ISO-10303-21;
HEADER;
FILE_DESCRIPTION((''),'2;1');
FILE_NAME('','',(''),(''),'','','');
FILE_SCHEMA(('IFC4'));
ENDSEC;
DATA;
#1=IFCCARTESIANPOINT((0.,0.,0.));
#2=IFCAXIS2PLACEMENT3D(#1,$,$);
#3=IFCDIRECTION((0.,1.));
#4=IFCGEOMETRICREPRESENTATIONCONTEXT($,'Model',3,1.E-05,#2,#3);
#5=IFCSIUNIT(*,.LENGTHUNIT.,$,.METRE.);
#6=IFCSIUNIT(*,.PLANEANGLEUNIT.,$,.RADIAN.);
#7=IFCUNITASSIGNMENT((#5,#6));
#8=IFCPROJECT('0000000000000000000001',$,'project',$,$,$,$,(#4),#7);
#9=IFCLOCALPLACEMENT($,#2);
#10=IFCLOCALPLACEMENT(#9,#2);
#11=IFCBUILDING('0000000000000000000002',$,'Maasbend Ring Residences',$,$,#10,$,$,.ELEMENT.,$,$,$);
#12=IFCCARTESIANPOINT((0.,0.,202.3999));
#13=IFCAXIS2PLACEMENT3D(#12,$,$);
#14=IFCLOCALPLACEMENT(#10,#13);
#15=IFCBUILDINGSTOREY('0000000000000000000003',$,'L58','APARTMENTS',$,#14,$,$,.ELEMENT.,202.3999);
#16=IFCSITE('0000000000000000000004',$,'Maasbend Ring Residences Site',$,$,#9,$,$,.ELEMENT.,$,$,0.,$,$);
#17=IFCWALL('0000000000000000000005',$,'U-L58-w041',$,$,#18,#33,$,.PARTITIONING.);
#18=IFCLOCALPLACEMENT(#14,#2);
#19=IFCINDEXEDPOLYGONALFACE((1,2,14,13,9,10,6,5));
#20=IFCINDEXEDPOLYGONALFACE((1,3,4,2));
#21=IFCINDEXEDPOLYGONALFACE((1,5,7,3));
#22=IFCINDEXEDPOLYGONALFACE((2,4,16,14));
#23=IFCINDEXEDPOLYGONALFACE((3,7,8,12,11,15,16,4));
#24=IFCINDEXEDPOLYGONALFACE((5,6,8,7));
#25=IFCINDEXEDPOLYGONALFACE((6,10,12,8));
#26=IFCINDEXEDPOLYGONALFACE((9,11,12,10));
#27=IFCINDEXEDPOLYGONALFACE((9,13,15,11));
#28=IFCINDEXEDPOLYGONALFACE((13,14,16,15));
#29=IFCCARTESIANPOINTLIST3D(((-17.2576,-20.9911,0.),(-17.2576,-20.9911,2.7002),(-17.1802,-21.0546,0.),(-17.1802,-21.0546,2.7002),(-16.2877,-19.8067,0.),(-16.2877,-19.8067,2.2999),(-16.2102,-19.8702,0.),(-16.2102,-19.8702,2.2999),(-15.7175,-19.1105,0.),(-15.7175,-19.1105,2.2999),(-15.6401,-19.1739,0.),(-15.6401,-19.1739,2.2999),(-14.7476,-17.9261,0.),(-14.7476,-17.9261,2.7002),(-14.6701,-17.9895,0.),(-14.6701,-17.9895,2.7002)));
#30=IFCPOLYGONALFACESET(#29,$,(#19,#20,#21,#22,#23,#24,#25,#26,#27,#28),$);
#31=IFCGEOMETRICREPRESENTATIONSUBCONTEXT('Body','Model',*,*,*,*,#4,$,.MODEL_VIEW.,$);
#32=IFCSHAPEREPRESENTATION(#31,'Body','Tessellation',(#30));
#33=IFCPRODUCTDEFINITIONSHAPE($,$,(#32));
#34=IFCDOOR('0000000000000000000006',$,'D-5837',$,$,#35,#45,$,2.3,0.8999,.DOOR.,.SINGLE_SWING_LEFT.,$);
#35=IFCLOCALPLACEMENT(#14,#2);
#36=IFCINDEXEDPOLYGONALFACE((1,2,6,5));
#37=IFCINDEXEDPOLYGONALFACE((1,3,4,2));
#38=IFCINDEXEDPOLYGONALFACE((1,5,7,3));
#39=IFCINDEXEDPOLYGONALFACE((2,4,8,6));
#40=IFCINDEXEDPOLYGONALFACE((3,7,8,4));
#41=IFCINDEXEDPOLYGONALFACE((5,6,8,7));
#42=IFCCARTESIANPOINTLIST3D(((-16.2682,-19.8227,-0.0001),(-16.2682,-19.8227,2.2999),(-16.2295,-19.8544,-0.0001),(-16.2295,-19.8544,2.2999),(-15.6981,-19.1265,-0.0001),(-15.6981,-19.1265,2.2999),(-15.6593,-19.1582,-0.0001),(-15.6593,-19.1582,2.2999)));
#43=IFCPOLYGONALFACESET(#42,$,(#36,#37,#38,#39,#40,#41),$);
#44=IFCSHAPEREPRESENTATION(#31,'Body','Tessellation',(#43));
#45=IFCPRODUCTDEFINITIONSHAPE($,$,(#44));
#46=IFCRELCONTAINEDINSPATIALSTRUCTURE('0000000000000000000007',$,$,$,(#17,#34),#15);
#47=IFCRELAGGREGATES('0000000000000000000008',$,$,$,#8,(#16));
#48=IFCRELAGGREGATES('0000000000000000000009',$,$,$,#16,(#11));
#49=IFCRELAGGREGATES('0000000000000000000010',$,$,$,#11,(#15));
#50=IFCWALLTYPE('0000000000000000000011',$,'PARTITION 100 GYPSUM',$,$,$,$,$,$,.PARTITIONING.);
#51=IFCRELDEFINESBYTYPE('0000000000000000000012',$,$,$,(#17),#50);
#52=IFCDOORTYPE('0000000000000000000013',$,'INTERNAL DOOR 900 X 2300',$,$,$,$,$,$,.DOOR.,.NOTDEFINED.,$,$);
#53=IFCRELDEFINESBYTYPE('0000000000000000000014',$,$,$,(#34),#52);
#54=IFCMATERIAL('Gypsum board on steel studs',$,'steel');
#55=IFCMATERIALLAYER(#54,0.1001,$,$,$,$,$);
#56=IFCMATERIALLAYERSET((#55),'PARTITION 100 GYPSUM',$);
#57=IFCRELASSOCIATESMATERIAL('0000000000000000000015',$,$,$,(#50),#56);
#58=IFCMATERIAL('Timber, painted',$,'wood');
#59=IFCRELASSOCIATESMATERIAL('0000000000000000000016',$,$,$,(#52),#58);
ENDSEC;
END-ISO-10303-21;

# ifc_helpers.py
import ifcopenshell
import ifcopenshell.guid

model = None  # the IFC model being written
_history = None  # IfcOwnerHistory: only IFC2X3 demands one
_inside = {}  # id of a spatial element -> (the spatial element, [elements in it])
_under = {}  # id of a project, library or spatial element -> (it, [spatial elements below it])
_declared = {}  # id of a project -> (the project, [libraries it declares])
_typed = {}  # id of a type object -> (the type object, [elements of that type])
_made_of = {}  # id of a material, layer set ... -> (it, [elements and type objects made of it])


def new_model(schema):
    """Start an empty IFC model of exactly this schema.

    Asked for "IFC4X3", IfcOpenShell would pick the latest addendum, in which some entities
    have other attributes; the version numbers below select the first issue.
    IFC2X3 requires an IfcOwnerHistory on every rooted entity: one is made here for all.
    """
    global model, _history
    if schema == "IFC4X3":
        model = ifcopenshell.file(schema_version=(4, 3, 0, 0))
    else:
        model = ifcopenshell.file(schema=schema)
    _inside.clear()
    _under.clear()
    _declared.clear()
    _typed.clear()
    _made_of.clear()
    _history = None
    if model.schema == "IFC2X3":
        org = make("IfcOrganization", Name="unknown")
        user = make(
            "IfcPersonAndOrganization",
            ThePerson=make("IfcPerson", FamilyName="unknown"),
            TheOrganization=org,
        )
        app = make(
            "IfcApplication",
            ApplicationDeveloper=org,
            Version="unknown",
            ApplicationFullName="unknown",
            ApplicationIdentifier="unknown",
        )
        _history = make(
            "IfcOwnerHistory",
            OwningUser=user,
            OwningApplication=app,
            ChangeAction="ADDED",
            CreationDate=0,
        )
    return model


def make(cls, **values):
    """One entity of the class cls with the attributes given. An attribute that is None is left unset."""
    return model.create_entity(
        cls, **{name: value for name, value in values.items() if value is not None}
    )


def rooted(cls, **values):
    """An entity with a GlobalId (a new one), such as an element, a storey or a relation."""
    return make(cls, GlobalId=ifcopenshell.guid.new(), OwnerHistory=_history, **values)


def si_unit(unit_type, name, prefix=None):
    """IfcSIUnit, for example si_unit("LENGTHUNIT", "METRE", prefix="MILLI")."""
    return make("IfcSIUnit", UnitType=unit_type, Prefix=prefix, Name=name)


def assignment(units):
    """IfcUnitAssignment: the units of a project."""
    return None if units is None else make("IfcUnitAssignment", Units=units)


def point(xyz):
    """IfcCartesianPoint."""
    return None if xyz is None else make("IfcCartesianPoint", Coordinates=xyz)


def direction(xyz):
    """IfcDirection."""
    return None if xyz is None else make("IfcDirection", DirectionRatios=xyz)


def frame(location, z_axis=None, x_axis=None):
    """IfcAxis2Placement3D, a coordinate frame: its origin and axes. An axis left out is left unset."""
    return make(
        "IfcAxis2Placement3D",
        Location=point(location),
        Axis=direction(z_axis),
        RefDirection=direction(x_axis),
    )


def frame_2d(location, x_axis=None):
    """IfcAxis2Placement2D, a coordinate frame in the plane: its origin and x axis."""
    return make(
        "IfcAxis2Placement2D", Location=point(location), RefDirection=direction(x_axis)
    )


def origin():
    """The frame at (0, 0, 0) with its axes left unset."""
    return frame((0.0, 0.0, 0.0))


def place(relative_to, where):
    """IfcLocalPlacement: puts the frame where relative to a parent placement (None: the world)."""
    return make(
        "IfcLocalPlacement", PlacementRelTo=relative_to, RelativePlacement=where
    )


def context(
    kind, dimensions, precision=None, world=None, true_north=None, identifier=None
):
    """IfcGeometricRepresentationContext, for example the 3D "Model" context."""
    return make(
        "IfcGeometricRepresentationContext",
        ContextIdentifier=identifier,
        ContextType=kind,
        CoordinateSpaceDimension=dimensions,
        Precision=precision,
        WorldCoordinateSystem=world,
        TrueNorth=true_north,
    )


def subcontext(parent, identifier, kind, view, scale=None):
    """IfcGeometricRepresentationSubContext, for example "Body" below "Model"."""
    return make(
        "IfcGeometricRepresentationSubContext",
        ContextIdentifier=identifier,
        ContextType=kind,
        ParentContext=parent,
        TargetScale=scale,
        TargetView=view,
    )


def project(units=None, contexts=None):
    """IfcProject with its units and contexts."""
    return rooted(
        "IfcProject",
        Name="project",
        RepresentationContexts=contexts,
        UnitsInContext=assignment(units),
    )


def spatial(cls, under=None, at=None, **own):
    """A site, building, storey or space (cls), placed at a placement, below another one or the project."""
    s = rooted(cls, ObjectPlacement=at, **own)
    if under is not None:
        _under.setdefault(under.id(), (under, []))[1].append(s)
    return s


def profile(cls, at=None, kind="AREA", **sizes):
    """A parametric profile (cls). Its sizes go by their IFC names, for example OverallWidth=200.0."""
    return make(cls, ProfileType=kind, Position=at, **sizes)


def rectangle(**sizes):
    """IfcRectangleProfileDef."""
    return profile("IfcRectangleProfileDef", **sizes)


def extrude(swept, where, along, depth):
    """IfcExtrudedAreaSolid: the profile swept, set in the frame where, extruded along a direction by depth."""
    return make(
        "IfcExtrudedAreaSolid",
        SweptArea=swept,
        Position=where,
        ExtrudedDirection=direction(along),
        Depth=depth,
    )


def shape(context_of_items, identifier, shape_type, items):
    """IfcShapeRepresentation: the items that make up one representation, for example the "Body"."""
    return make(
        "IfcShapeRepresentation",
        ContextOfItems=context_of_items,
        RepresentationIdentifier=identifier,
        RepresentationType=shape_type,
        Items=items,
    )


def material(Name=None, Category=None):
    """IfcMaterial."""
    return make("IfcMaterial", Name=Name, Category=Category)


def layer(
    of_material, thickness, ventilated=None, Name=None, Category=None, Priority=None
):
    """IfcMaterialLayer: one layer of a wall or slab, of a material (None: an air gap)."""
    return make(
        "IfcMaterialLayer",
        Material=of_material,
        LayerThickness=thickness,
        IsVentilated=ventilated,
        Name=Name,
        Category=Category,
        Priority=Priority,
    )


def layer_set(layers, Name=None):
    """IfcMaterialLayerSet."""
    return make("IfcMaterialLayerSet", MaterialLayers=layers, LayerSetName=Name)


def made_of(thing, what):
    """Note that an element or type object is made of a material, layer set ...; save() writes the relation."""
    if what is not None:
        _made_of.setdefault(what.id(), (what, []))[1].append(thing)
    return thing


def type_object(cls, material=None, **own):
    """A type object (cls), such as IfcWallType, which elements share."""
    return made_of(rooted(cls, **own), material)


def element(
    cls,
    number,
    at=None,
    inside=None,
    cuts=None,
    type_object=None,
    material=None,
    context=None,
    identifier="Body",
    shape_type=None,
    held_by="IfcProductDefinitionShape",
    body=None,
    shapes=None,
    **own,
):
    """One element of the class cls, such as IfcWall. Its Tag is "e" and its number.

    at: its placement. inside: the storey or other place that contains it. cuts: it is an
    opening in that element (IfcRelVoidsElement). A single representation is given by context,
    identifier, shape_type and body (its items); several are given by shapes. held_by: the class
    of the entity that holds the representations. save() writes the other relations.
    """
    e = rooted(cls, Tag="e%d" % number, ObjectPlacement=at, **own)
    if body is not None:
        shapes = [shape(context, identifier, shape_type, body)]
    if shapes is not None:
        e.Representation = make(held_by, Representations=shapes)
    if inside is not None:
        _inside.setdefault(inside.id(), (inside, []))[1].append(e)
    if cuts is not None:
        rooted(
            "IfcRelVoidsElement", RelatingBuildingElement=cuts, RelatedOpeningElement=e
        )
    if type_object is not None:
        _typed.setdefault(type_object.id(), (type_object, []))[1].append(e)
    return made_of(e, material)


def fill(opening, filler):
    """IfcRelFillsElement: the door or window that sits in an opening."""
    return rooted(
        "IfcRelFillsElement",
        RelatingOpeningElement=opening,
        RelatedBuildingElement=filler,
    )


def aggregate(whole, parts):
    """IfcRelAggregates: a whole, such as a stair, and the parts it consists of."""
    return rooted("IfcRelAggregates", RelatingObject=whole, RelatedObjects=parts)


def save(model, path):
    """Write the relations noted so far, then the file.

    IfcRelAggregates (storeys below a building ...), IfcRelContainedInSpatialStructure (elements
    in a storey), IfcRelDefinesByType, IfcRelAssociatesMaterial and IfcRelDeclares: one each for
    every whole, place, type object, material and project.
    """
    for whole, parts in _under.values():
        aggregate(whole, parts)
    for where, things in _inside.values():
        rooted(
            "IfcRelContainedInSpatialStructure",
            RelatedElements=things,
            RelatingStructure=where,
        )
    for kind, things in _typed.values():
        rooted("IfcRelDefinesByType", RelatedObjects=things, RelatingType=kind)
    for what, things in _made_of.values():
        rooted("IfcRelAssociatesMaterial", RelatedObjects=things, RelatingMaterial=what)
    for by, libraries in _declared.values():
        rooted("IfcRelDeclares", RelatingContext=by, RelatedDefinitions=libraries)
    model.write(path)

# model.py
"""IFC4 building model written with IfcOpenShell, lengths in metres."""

from ifc_helpers import new_model, si_unit, direction, frame, frame_2d, origin, place, context, subcontext, project, spatial, rectangle, extrude, material, layer, layer_set, type_object, element, fill, save


model = new_model("IFC4")

# Units and contexts
model_context = context("Model", 3, precision=1e-05, world=origin(), true_north=direction((0.0, 1.0)))
body_context = subcontext(model_context, "Body", "Model", "MODEL_VIEW")
ifc_project = project(units=[si_unit("LENGTHUNIT", "METRE"), si_unit("PLANEANGLEUNIT", "RADIAN")], contexts=[model_context])

# Site, building, storey
site_placement = place(None, origin())
site = spatial("IfcSite", under=ifc_project, at=site_placement, Name="Maasbend Ring Residences Site", CompositionType="ELEMENT", RefElevation=0.0)
building_placement = place(site_placement, origin())
building = spatial("IfcBuilding", under=site, at=building_placement, Name="Maasbend Ring Residences", CompositionType="ELEMENT")
storey_placement = place(building_placement, frame((0.0, 0.0, 202.3999)))
storey = spatial("IfcBuildingStorey", under=building, at=storey_placement, Name="L58", Description="APARTMENTS", CompositionType="ELEMENT", Elevation=202.3999)

# Shared definitions
ifc_material_1 = material(Name="Gypsum board on steel studs", Category="steel")
ifc_layer_1 = layer(ifc_material_1, 0.1001)
ifc_layer_set_1 = layer_set([ifc_layer_1], Name="PARTITION 100 GYPSUM")
wall_type_1 = type_object("IfcWallType", Name="PARTITION 100 GYPSUM", PredefinedType="PARTITIONING", material=ifc_layer_set_1)
ifc_material_2 = material(Name="Timber, painted", Category="wood")
door_type_1 = type_object("IfcDoorType", Name="INTERNAL DOOR 900 X 2300", OperationType="NOTDEFINED", PredefinedType="DOOR", material=ifc_material_2)

# Wall, opening, door
wall_1_placement = place(storey_placement, frame((-17.219, -21.0229, 0.0), z_axis=(0.0, 0.0, 1.0), x_axis=(0.63359, 0.773669, 0.0)))
wall_1 = element("IfcWall", 1, at=wall_1_placement, inside=storey, type_object=wall_type_1, Name="U-L58-w041", PredefinedType="PARTITIONING", context=body_context, shape_type="SweptSolid", body=[
    extrude(rectangle(XDim=3.9617, YDim=0.1001, at=frame_2d((1.981, 0.0))), origin(), (0.0, 0.0, 1.0), 2.7002),
])
opening_1_placement = place(wall_1_placement, frame((1.531, 0.0, 0.0)))
opening_1 = element("IfcOpeningElement", 2, at=opening_1_placement, cuts=wall_1, PredefinedType="OPENING", context=body_context, shape_type="SweptSolid", body=[
    extrude(rectangle(XDim=0.8999, YDim=2.3, at=frame_2d((0.45, 1.1499))), frame((0.0, 0.0601, 0.0), z_axis=(0.0, -1.0, 0.0), x_axis=(1.0, 0.0, 0.0)), (0.0, 0.0, 1.0), 0.1201),
])
door_1_placement = place(opening_1_placement, origin())
door_1 = element("IfcDoor", 3, at=door_1_placement, inside=storey, type_object=door_type_1, Name="D-5837", OperationType="SINGLE_SWING_LEFT", OverallHeight=2.3, OverallWidth=0.8999, PredefinedType="DOOR", context=body_context, shape_type="SweptSolid", body=[
    extrude(rectangle(XDim=0.8999, YDim=2.3, at=frame_2d((0.45, 1.1499))), frame((0.0, 0.0249, 0.0), z_axis=(0.0, -1.0, 0.0), x_axis=(1.0, 0.0, 0.0)), (0.0, 0.0, 1.0), 0.05),
])
fill(opening_1, door_1)

save(model, "model.ifc")
